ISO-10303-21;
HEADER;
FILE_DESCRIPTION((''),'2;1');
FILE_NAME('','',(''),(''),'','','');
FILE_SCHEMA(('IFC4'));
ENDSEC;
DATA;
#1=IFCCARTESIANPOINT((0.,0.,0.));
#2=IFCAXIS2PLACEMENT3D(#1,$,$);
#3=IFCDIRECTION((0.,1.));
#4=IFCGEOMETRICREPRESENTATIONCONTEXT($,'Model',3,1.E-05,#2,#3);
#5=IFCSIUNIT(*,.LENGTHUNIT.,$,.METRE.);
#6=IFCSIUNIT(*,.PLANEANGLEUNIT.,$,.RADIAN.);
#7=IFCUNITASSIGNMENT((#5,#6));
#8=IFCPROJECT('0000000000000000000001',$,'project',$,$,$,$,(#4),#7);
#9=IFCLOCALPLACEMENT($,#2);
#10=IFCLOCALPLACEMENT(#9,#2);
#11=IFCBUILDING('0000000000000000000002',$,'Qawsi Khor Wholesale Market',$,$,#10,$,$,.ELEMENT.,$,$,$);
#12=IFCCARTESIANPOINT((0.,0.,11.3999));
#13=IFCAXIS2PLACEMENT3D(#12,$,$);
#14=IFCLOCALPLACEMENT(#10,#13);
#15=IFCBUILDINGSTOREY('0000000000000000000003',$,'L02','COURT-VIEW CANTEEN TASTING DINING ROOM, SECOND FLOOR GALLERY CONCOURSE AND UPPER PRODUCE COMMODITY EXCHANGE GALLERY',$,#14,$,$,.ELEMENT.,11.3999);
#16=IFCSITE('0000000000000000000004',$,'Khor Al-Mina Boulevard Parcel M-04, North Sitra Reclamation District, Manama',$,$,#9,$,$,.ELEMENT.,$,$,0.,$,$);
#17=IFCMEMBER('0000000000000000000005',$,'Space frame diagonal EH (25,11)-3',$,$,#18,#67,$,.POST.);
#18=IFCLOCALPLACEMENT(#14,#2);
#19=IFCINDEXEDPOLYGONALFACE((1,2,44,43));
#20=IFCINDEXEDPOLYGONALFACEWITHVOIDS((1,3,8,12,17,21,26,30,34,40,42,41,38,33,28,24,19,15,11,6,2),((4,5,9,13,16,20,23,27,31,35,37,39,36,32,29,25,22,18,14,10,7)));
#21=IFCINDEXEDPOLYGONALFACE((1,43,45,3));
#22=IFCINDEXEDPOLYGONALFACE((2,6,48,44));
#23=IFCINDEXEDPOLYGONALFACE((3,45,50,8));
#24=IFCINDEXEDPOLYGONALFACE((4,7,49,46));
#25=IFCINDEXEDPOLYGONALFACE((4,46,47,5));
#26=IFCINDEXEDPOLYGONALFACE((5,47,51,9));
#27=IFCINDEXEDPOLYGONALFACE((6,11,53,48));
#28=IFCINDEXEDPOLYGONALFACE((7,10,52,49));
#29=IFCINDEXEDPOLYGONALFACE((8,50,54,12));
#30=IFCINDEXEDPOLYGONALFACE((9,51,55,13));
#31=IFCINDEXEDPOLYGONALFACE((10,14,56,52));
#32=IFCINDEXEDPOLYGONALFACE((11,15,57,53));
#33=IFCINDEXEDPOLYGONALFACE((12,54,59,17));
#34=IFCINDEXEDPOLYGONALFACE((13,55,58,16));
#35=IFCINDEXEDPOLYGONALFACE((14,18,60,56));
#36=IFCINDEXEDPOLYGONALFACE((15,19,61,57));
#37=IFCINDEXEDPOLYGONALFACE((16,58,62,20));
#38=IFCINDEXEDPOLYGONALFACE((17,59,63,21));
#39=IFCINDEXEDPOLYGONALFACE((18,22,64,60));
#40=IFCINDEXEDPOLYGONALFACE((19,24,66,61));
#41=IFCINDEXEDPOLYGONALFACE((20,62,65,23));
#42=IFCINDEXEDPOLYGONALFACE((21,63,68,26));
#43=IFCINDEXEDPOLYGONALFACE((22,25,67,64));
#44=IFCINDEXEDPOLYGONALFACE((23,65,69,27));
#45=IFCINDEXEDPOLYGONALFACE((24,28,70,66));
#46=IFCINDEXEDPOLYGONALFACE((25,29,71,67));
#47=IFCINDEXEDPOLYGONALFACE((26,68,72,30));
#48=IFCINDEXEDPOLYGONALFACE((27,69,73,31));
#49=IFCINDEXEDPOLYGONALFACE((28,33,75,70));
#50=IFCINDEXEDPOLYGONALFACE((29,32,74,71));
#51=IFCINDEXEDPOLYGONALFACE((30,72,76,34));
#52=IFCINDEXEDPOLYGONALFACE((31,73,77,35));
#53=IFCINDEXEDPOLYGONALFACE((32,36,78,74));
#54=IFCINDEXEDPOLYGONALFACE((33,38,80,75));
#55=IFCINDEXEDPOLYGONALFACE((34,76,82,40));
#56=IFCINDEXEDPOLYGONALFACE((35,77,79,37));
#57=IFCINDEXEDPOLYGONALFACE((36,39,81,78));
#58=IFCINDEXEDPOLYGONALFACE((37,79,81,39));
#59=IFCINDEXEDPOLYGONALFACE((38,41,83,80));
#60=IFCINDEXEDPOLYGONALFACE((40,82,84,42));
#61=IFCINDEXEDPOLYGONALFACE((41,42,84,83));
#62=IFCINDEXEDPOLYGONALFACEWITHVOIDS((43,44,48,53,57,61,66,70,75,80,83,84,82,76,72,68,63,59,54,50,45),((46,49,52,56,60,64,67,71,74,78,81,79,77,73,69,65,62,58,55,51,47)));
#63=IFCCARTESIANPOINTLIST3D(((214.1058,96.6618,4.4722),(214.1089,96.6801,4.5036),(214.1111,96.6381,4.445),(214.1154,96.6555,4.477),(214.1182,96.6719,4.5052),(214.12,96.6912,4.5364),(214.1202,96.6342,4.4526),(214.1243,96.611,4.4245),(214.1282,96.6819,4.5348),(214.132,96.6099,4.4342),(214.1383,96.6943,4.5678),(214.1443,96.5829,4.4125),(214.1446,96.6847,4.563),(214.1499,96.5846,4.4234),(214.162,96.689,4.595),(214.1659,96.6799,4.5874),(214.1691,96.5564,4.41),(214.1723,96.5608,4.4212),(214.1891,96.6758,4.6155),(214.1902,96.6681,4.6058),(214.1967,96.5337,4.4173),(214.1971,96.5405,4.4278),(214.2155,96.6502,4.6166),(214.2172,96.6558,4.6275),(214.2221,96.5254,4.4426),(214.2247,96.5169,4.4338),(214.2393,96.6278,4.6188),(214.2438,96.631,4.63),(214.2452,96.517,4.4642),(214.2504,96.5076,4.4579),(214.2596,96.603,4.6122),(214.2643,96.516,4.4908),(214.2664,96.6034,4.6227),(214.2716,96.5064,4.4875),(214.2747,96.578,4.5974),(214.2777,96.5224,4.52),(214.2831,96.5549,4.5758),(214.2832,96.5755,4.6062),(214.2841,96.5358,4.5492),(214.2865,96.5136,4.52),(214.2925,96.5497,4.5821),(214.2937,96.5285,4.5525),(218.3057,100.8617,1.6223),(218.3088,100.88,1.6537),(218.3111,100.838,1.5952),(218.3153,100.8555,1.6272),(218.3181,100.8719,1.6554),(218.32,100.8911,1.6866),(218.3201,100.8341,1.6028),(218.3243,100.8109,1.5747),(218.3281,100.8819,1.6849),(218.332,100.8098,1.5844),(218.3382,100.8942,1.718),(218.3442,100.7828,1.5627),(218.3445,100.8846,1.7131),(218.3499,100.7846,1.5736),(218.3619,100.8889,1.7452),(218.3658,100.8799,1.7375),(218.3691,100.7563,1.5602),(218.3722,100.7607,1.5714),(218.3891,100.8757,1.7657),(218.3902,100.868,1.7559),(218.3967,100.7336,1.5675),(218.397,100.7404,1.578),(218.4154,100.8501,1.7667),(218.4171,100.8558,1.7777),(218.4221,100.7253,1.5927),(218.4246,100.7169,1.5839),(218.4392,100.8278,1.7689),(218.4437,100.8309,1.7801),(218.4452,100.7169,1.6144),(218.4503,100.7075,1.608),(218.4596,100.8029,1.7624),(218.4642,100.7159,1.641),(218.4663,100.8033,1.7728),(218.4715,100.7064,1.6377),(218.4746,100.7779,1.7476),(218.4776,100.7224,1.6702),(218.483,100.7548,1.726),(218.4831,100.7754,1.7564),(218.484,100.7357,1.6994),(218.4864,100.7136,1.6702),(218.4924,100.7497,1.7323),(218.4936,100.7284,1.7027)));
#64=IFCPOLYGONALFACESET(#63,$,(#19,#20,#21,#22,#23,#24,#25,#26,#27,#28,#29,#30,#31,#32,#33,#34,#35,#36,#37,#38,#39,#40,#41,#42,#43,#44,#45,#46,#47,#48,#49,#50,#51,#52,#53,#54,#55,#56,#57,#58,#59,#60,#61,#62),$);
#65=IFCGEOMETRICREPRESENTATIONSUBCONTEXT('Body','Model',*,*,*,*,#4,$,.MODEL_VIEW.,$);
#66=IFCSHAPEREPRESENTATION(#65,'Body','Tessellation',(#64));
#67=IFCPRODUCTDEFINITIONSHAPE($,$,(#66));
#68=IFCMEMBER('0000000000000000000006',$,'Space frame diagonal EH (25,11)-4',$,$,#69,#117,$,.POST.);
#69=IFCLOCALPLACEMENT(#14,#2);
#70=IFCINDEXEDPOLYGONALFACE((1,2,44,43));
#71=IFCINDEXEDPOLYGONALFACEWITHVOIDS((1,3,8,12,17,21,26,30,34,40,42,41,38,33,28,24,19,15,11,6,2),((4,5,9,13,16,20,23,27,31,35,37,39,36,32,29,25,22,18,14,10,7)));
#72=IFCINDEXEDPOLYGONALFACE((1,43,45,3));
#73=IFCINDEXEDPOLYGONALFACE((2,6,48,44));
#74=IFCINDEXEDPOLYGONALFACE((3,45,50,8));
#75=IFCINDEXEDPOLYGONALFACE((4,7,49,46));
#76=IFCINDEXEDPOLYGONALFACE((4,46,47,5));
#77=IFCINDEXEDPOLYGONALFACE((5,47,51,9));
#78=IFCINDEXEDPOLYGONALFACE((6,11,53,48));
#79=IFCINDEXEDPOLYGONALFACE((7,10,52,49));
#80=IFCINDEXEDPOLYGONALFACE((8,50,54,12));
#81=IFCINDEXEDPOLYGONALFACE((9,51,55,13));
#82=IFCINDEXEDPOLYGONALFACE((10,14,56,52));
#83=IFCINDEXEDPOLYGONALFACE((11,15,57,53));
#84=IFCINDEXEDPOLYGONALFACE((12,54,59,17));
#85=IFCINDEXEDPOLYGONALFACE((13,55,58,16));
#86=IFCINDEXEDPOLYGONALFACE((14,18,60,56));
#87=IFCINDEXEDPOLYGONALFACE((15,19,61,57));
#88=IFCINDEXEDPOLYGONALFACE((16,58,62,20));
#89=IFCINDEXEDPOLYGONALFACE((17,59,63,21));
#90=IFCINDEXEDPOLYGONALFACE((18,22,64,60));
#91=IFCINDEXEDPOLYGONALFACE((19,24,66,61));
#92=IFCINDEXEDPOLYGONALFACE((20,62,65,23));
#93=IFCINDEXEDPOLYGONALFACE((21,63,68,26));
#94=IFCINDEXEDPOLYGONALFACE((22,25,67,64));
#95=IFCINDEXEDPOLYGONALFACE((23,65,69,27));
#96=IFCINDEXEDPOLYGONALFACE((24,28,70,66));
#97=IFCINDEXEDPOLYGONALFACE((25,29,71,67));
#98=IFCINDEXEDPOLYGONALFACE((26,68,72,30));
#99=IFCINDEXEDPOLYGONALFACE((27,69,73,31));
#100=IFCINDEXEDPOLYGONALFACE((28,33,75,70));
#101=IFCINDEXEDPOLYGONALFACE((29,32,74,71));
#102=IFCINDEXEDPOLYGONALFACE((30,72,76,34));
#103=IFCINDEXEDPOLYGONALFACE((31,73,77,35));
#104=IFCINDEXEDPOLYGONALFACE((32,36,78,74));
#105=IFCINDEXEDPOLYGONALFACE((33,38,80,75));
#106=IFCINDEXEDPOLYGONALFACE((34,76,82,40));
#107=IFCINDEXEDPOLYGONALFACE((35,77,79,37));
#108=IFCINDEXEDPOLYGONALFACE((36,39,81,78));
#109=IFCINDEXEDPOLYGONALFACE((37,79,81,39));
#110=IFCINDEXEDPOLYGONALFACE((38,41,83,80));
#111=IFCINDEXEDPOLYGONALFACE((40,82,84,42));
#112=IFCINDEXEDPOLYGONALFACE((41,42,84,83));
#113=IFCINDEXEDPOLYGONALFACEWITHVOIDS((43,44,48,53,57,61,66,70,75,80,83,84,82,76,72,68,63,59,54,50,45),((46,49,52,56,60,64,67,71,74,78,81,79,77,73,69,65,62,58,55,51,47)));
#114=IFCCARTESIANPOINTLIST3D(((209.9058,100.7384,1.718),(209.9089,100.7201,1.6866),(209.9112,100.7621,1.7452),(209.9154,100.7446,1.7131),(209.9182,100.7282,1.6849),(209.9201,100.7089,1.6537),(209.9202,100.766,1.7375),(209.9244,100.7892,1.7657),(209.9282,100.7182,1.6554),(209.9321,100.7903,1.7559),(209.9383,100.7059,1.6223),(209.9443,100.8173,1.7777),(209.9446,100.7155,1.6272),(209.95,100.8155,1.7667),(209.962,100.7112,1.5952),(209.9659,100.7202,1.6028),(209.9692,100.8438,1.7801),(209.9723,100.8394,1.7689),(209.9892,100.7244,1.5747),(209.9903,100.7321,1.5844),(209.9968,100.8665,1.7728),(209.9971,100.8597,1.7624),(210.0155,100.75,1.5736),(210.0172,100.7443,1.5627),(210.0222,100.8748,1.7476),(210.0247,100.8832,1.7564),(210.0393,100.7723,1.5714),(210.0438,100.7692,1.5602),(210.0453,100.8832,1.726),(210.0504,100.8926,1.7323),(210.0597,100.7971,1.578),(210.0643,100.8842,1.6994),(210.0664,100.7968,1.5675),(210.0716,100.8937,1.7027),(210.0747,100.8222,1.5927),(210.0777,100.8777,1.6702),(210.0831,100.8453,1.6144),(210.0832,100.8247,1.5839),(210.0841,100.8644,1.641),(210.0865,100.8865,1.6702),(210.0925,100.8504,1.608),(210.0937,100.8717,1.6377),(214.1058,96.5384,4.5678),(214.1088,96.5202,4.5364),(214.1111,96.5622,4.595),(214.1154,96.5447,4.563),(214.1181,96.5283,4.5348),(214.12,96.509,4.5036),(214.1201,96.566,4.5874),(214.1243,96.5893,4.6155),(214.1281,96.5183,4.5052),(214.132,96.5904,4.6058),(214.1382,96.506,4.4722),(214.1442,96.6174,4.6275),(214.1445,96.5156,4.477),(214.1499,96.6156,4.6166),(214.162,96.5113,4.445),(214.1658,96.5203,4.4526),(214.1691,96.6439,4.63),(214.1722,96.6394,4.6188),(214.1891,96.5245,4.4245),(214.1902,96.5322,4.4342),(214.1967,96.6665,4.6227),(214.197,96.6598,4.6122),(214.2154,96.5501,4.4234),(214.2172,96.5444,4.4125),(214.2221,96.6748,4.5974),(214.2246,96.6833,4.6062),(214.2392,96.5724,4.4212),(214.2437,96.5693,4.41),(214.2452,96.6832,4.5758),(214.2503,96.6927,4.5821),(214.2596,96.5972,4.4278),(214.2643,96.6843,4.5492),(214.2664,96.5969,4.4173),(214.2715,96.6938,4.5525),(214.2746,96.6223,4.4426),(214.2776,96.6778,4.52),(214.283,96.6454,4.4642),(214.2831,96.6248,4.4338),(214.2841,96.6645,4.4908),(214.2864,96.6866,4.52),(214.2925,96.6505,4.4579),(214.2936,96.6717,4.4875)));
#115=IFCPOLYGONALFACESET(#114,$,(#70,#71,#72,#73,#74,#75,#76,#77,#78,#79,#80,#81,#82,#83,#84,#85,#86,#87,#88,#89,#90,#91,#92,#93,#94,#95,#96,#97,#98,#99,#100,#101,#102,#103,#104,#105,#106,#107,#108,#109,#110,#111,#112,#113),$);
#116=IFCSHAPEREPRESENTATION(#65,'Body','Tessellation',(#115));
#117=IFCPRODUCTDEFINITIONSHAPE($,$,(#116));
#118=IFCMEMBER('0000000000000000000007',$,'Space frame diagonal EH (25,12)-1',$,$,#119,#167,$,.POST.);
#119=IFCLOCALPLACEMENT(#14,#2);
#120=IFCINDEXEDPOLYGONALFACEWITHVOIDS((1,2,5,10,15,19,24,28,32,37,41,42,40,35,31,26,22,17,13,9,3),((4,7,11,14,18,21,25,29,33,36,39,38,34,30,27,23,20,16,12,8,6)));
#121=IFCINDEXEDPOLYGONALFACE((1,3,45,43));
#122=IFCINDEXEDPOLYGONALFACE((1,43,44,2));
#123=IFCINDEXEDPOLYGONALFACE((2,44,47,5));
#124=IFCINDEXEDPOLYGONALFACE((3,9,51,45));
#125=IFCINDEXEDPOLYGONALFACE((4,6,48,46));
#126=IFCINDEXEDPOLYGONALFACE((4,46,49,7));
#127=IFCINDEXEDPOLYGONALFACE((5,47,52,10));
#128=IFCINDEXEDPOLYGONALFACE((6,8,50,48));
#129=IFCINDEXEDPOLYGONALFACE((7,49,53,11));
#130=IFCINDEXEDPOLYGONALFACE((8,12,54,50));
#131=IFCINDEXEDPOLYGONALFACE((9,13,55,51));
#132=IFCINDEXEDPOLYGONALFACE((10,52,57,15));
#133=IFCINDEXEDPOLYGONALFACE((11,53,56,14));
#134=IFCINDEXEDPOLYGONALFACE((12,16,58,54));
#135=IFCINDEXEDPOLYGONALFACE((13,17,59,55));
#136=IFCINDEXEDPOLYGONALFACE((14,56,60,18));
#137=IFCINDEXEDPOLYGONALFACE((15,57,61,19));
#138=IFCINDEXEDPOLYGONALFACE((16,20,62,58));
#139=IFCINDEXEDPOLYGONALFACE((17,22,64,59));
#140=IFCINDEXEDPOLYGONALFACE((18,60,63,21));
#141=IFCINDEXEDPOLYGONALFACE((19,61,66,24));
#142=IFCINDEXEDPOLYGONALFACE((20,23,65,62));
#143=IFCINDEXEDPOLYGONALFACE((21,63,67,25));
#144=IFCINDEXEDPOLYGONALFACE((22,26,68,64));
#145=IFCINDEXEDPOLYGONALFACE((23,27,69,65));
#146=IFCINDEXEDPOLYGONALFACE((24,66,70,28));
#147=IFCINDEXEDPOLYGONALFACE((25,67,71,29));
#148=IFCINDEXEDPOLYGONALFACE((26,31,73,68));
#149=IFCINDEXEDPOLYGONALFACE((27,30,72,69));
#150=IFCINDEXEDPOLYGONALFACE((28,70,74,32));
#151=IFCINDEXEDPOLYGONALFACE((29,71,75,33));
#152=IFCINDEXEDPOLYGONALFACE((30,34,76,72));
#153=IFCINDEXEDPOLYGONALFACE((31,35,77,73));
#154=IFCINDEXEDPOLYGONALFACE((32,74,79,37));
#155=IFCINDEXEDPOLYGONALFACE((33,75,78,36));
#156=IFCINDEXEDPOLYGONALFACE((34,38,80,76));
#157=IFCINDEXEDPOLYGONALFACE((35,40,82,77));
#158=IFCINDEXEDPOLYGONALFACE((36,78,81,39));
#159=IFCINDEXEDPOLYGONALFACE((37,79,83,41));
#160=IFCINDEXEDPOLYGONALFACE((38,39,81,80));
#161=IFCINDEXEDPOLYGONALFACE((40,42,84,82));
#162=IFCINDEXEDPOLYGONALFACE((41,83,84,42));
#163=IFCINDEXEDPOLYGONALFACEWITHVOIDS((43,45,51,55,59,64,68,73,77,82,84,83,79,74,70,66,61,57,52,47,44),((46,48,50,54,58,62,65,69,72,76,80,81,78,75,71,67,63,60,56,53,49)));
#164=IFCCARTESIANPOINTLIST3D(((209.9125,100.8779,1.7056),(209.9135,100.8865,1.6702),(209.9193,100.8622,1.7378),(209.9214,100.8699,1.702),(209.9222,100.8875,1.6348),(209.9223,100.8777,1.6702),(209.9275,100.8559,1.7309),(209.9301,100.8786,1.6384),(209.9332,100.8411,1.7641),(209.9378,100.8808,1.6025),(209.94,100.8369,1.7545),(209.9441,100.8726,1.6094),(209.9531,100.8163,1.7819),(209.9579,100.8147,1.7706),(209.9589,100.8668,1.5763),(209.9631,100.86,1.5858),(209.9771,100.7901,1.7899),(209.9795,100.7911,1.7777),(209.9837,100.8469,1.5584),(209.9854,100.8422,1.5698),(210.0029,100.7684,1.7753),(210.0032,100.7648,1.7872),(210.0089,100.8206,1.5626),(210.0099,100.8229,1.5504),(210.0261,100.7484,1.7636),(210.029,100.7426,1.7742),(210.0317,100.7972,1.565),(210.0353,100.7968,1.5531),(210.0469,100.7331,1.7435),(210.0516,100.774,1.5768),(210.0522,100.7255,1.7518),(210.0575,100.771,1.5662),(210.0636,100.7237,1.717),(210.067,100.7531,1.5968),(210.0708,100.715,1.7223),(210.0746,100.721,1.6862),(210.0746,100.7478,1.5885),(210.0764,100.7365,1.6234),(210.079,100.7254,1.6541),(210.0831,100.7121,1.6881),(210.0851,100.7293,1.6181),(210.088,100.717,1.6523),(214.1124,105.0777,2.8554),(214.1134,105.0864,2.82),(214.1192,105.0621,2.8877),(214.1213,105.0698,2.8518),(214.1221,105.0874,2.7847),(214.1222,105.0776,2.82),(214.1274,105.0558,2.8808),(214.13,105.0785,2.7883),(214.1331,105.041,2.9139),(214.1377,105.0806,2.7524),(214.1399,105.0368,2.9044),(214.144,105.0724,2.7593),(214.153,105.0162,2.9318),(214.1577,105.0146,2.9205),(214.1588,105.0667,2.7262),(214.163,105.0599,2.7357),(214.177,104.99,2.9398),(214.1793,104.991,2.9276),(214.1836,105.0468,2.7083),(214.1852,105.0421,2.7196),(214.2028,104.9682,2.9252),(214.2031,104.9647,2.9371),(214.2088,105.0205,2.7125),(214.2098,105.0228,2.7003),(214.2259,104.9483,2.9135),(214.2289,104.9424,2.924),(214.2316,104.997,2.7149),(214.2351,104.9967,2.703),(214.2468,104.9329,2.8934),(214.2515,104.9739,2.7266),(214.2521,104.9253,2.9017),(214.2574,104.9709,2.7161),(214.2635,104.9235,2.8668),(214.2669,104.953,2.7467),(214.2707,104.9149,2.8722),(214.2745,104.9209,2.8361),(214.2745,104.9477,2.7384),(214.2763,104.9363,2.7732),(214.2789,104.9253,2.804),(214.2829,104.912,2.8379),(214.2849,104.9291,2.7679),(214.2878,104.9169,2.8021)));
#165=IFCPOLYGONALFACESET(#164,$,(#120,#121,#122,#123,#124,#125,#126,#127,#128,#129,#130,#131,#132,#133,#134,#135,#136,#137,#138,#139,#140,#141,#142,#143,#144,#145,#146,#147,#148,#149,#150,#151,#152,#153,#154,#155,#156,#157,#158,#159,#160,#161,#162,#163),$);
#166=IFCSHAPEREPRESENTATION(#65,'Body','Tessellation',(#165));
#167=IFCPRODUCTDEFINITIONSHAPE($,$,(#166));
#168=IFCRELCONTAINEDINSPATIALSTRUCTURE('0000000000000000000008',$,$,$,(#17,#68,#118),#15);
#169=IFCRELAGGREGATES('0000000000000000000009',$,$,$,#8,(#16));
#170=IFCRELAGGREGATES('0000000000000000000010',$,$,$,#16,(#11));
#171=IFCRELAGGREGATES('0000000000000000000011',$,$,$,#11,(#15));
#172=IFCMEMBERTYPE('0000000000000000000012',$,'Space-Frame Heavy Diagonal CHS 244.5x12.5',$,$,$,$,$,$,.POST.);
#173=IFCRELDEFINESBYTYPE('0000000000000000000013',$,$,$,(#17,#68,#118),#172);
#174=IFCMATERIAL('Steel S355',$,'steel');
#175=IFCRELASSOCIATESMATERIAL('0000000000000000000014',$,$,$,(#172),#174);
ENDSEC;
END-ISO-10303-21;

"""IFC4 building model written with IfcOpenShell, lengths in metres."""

from ifc_helpers import new_model, si_unit, direction, frame, origin, origin_2d, place, context, subcontext, project, spatial, hollow_circle, extrude, material, material_profile, profile_set, type_object, element, save


model = new_model("IFC4")

# Units and contexts
model_context = context("Model", 3, precision=1e-05, world=origin(), true_north=direction((0.0, 1.0)))
body_context = subcontext(model_context, "Body", "Model", "MODEL_VIEW")
ifc_project = project(units=[si_unit("LENGTHUNIT", "METRE"), si_unit("PLANEANGLEUNIT", "RADIAN")], contexts=[model_context])

# Site, building, storey
site_placement = place(None, origin())
site = spatial("IfcSite", under=ifc_project, at=site_placement, Name="Khor Al-Mina Boulevard Parcel M-04, North Sitra Reclamation District, Manama", CompositionType="ELEMENT", RefElevation=0.0)
building_placement = place(site_placement, origin())
building = spatial("IfcBuilding", under=site, at=building_placement, Name="Qawsi Khor Wholesale Market", CompositionType="ELEMENT")
storey_placement = place(building_placement, frame((0.0, 0.0, 11.3999)))
storey = spatial("IfcBuildingStorey", under=building, at=storey_placement, Name="L02", Description="COURT-VIEW CANTEEN TASTING DINING ROOM, SECOND FLOOR GALLERY CONCOURSE AND UPPER PRODUCE COMMODITY EXCHANGE GALLERY", CompositionType="ELEMENT", Elevation=11.3999)

# Members
ifc_material_1 = material(Name="Steel S355", Category="steel")
ifc_material_profile_1 = material_profile(ifc_material_1, hollow_circle(Radius=0.1223, WallThickness=0.0125, at=origin_2d()), Name="CHS 244.5x12.5")
ifc_profile_set_1 = profile_set([ifc_material_profile_1], Name="Steel S355")
member_type_1 = type_object("IfcMemberType", Name="Space-Frame Heavy Diagonal CHS 244.5x12.5", PredefinedType="POST", material=ifc_profile_set_1)
for number, where, z_axis, x_axis, name in (
    (1, (218.3999, 100.8, 1.6702), (-0.637522, -0.637522, 0.432587), (0.707107, -0.707107, 0.0), "Space frame diagonal EH (25,11)-3"),
    (2, (210.0, 100.8, 1.6702), (0.637522, -0.637522, 0.432587), (0.707107, 0.707107, 0.0), "Space frame diagonal EH (25,11)-4"),
):
    element("IfcMember", number, at=place(storey_placement, frame(where, z_axis=z_axis, x_axis=x_axis)), inside=storey, type_object=member_type_1, Name=name, PredefinedType="POST", context=body_context, shape_type="SweptSolid", body=[
        extrude(hollow_circle(Radius=0.1223, WallThickness=0.0125, at=origin_2d()), origin(), (0.0, 0.0, 1.0), 6.5879),
    ])
for number, where, z_axis, x_axis, name in (
    (3, (210.0, 100.8, 1.6702), (0.694217, 0.694217, 0.190069), (-0.707107, 0.707107, 0.0), "Space frame diagonal EH (25,12)-1"),
):
    element("IfcMember", number, at=place(storey_placement, frame(where, z_axis=z_axis, x_axis=x_axis)), inside=storey, type_object=member_type_1, Name=name, PredefinedType="POST", context=body_context, shape_type="SweptSolid", body=[
        extrude(hollow_circle(Radius=0.1223, WallThickness=0.0125, at=origin_2d()), origin(), (0.0, 0.0, 1.0), 6.0498),
    ])

save(model, "model.ifc")
